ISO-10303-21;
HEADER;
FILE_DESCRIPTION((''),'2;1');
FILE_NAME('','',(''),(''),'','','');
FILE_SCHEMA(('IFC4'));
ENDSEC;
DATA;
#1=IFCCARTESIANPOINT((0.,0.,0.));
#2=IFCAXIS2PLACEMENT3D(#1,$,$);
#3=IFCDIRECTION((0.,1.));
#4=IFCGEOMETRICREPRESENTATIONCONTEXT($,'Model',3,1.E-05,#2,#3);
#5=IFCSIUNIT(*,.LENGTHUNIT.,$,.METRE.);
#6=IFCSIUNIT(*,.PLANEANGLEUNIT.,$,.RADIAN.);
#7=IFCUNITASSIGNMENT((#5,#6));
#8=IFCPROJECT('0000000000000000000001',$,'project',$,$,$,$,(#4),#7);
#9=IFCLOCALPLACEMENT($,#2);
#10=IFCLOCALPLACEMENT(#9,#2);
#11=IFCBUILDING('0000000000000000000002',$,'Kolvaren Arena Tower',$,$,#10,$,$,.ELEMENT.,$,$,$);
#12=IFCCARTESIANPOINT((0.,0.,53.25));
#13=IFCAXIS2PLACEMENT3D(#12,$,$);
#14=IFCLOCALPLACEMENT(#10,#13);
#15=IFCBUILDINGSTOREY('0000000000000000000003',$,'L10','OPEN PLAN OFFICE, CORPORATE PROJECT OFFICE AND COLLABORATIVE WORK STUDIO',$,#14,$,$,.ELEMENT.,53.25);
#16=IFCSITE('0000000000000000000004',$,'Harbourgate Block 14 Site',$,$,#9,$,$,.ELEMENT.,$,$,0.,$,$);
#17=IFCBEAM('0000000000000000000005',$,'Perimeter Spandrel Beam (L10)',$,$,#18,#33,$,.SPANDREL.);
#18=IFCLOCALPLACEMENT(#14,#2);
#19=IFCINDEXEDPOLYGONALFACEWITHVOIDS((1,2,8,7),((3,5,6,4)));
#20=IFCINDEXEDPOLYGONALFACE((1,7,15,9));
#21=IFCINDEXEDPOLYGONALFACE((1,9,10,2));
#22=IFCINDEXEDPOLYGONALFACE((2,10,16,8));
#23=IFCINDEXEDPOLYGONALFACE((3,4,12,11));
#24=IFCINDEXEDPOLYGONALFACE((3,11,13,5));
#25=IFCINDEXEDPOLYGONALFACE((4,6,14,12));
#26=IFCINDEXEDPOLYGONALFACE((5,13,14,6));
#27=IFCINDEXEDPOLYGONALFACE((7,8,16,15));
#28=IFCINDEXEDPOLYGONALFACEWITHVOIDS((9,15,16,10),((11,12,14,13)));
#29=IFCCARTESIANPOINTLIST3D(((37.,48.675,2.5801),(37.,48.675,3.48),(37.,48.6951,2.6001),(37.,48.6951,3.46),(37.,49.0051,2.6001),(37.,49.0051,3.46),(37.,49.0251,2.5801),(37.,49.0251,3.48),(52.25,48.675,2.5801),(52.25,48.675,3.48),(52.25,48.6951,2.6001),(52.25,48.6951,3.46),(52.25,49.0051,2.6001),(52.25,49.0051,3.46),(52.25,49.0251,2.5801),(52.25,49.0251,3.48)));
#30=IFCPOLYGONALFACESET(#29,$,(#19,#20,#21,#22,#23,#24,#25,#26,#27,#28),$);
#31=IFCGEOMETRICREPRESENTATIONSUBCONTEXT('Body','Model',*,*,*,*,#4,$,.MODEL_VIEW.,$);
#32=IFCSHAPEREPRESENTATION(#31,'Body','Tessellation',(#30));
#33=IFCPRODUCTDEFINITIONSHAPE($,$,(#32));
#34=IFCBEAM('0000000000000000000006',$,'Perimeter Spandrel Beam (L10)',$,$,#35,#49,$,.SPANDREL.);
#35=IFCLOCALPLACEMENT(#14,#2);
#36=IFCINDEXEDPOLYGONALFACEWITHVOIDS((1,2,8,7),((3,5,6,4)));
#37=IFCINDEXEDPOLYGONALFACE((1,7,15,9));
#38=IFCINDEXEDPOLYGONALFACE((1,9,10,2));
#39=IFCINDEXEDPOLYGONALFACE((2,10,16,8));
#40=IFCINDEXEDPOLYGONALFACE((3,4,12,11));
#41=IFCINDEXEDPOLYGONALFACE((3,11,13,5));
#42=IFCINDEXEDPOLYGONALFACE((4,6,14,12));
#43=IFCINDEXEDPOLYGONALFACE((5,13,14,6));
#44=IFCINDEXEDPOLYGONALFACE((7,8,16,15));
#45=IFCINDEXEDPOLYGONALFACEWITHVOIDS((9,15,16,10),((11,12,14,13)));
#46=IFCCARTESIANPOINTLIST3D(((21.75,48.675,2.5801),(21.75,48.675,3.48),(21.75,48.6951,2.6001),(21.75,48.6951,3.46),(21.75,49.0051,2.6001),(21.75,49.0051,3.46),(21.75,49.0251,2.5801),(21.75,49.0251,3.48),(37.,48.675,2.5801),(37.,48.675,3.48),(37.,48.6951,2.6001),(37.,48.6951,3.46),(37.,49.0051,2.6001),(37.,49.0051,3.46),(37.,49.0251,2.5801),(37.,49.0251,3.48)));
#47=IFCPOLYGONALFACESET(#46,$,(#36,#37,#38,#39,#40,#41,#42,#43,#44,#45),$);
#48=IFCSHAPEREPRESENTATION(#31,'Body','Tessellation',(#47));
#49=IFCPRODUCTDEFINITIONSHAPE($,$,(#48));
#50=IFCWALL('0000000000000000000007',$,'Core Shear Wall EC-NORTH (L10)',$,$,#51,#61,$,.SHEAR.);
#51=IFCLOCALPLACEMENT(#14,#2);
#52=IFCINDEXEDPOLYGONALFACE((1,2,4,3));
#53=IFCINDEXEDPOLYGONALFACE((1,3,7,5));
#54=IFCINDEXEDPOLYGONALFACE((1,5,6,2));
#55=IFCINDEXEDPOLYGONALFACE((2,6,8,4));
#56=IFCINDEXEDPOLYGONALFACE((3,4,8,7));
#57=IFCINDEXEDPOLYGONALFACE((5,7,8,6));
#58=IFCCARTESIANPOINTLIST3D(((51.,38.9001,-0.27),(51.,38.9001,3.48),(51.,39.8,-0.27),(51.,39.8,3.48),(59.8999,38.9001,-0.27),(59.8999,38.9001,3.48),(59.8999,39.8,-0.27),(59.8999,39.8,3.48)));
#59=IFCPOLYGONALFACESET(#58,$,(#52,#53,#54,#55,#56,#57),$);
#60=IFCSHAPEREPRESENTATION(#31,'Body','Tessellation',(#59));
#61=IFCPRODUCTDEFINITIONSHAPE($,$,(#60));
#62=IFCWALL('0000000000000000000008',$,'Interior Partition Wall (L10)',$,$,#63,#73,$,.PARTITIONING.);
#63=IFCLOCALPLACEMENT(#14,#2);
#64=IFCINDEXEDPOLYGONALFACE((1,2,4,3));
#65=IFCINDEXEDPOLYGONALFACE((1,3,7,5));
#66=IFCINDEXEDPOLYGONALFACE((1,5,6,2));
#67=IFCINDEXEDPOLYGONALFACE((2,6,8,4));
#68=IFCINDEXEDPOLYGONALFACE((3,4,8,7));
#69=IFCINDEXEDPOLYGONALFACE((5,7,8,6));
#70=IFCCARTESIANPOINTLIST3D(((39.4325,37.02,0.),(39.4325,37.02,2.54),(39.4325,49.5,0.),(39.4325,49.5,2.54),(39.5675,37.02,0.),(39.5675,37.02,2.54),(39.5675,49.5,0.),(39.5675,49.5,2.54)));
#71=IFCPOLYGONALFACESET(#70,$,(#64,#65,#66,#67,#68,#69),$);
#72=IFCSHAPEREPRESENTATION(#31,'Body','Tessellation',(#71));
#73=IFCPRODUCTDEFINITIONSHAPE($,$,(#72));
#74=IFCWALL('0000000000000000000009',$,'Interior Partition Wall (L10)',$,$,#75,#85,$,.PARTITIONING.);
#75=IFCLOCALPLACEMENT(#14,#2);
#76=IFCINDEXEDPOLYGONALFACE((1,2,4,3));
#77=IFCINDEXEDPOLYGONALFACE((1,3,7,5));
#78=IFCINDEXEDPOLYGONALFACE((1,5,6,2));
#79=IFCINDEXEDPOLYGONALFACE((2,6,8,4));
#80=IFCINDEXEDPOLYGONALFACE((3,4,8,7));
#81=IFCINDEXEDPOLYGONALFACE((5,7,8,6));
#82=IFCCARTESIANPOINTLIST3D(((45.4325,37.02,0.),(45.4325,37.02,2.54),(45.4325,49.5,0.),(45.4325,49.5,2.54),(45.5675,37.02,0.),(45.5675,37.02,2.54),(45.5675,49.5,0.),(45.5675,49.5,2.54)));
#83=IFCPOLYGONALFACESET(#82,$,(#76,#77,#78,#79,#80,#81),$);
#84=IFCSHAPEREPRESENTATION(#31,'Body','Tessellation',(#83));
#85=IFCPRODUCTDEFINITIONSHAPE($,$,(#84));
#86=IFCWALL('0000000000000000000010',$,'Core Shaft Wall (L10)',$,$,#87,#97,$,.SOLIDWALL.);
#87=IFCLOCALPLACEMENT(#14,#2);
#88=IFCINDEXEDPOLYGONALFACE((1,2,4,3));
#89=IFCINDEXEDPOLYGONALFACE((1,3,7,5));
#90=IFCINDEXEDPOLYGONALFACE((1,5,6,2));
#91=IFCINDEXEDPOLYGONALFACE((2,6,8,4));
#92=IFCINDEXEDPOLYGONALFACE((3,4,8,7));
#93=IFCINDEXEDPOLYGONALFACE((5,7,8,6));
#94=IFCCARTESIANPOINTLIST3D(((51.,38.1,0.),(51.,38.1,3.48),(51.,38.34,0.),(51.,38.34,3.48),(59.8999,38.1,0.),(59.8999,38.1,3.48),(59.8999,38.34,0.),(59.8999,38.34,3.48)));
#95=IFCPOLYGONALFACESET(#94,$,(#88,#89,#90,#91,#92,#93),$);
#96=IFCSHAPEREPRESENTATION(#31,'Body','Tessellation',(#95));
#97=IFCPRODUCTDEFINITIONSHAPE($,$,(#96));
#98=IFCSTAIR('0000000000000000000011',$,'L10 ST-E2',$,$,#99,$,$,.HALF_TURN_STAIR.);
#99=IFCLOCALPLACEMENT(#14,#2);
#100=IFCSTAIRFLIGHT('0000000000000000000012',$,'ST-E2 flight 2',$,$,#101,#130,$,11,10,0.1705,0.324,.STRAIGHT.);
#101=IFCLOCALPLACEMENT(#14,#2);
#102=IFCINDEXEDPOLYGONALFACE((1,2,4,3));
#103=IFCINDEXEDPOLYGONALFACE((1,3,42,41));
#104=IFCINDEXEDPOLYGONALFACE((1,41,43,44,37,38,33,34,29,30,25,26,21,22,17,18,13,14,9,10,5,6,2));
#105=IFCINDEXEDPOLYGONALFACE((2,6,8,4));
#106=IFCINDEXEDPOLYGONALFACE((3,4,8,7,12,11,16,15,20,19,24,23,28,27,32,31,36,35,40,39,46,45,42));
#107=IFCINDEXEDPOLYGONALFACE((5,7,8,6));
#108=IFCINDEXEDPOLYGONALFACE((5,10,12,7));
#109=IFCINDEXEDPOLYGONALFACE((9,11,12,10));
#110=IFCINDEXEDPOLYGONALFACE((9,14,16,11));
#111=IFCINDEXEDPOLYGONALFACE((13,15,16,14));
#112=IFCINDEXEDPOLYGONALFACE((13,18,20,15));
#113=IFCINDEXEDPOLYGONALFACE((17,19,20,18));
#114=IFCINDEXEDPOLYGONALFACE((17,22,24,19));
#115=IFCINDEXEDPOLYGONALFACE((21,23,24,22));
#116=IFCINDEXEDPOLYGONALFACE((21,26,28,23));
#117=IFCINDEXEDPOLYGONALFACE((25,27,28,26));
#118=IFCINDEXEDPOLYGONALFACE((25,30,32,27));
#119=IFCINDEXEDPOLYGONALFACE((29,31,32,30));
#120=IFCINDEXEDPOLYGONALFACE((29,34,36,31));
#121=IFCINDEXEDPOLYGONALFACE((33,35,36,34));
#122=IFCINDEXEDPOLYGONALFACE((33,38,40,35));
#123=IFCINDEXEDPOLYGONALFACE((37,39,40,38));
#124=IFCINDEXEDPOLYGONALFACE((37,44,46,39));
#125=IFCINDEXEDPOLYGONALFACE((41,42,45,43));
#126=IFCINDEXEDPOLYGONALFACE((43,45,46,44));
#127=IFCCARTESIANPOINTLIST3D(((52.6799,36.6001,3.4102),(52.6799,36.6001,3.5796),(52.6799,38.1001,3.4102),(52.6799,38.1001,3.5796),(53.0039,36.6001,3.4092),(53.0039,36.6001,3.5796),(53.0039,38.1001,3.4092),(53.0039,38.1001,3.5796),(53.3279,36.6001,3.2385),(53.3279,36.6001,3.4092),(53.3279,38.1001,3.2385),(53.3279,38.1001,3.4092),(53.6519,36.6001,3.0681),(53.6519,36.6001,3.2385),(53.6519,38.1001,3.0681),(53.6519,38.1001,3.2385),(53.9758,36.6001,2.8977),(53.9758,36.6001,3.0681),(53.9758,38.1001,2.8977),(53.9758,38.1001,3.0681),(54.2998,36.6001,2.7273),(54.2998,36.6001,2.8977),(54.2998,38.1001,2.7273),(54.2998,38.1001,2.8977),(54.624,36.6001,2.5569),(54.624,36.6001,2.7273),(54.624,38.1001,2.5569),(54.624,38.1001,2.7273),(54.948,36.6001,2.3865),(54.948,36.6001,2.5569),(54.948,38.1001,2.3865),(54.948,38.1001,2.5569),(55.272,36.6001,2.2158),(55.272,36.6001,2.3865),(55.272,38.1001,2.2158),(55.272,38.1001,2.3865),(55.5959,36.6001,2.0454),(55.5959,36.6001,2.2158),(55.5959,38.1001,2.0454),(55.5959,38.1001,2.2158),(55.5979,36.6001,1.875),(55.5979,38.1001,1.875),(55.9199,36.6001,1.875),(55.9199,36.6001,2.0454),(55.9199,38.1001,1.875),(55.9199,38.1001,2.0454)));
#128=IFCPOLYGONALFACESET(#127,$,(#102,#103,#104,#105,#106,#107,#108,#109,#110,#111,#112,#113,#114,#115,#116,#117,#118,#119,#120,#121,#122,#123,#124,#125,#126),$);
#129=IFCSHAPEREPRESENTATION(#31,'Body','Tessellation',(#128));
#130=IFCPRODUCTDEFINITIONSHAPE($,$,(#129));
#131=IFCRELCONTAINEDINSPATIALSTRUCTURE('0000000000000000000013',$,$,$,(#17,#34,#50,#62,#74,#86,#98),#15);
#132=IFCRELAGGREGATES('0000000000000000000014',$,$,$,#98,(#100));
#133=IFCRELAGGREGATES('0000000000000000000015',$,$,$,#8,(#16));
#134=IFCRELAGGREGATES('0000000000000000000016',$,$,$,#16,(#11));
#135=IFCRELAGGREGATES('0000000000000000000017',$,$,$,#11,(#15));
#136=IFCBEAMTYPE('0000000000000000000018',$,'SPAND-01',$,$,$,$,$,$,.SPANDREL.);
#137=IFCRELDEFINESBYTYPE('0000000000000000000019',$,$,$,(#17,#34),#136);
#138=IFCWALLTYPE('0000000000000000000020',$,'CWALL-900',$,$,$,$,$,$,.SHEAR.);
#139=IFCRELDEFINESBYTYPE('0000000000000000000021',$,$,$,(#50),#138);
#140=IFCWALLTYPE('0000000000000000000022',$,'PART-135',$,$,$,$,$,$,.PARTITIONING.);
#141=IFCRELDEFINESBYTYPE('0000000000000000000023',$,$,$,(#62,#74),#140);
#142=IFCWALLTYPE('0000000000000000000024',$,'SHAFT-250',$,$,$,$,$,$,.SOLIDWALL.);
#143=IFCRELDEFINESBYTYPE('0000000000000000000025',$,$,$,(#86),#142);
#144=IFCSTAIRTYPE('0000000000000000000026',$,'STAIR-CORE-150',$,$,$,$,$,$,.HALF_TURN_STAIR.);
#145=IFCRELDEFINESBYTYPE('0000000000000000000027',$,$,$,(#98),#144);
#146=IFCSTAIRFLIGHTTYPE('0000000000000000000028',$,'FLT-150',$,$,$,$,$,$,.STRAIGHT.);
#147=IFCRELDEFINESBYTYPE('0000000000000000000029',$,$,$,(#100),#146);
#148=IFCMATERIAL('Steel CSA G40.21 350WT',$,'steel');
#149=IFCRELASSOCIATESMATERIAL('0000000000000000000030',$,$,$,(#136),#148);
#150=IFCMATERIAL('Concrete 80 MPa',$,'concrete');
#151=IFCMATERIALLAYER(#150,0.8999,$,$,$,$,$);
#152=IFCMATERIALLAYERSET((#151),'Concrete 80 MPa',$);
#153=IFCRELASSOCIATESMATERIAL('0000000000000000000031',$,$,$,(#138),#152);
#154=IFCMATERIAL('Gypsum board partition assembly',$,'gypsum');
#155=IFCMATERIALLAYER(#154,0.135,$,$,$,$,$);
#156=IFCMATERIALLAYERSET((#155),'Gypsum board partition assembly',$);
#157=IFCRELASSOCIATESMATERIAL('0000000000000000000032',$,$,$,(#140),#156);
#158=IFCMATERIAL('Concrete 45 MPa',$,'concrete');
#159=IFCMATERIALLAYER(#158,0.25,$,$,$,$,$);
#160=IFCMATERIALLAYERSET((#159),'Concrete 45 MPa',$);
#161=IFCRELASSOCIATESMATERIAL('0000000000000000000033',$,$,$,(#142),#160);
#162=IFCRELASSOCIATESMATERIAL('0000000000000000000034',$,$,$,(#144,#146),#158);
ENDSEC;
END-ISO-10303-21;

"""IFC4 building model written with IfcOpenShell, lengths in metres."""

from ifc_helpers import new_model, si_unit, direction, frame, frame_2d, origin, origin_2d, place, context, subcontext, project, spatial, polyline, rectangle, hollow_rectangle, outline, extrude, material, layer, layer_set, material_profile, profile_set, type_object, element, aggregate, save


model = new_model("IFC4")

# Units and contexts
model_context = context("Model", 3, precision=1e-05, world=origin(), true_north=direction((0.0, 1.0)))
body_context = subcontext(model_context, "Body", "Model", "MODEL_VIEW")
ifc_project = project(units=[si_unit("LENGTHUNIT", "METRE"), si_unit("PLANEANGLEUNIT", "RADIAN")], contexts=[model_context])

# Site, building, storey
site_placement = place(None, origin())
site = spatial("IfcSite", under=ifc_project, at=site_placement, Name="Harbourgate Block 14 Site", CompositionType="ELEMENT", RefElevation=0.0)
building_placement = place(site_placement, origin())
building = spatial("IfcBuilding", under=site, at=building_placement, Name="Kolvaren Arena Tower", CompositionType="ELEMENT")
storey_placement = place(building_placement, frame((0.0, 0.0, 53.25)))
storey = spatial("IfcBuildingStorey", under=building, at=storey_placement, Name="L10", Description="OPEN PLAN OFFICE, CORPORATE PROJECT OFFICE AND COLLABORATIVE WORK STUDIO", CompositionType="ELEMENT", Elevation=53.25)

# Beams
ifc_material_1 = material(Name="Steel CSA G40.21 350WT", Category="steel")
ifc_material_profile_1 = material_profile(ifc_material_1, hollow_rectangle(XDim=0.3501, YDim=0.8999, WallThickness=0.02, at=origin_2d()), Name="HSS 900x350x20")
ifc_profile_set_1 = profile_set([ifc_material_profile_1], Name="Steel CSA G40.21 350WT")
beam_type_1 = type_object("IfcBeamType", Name="SPAND-01", PredefinedType="SPANDREL", material=ifc_profile_set_1)
for number, where, z_axis, x_axis, name in (
    (1, (52.25, 48.8501, 3.03), (-1.0, 0.0, 0.0), (0.0, -1.0, 0.0), "Perimeter Spandrel Beam (L10)"),
    (2, (37.0, 48.8501, 3.03), (-1.0, 0.0, 0.0), (0.0, -1.0, 0.0), "Perimeter Spandrel Beam (L10)"),
):
    element("IfcBeam", number, at=place(storey_placement, frame(where, z_axis=z_axis, x_axis=x_axis)), inside=storey, type_object=beam_type_1, Name=name, PredefinedType="SPANDREL", context=body_context, shape_type="SweptSolid", body=[
        extrude(hollow_rectangle(XDim=0.3501, YDim=0.8999, WallThickness=0.02, at=origin_2d()), origin(), (0.0, 0.0, 1.0), 15.25),
    ])

# Walls
ifc_material_2 = material(Name="Concrete 80 MPa", Category="concrete")
ifc_layer_1 = layer(ifc_material_2, 0.8999)
ifc_layer_set_1 = layer_set([ifc_layer_1], Name="Concrete 80 MPa")
wall_type_1 = type_object("IfcWallType", Name="CWALL-900", PredefinedType="SHEAR", material=ifc_layer_set_1)
wall_1_placement = place(storey_placement, frame((51.0, 39.3501, -0.27), z_axis=(0.0, 0.0, 1.0), x_axis=(1.0, 0.0, 0.0)))
element("IfcWall", 3, at=wall_1_placement, inside=storey, type_object=wall_type_1, Name="Core Shear Wall EC-NORTH (L10)", PredefinedType="SHEAR", context=body_context, shape_type="SweptSolid", body=[
    extrude(rectangle(XDim=8.8999, YDim=0.8999, at=frame_2d((4.45, 0.0))), origin(), (0.0, 0.0, 1.0), 3.75),
])
ifc_material_3 = material(Name="Gypsum board partition assembly", Category="gypsum")
ifc_layer_2 = layer(ifc_material_3, 0.135)
ifc_layer_set_2 = layer_set([ifc_layer_2], Name="Gypsum board partition assembly")
wall_type_2 = type_object("IfcWallType", Name="PART-135", PredefinedType="PARTITIONING", material=ifc_layer_set_2)
for number, where, z_axis, x_axis, name in (
    (4, (39.5, 37.02, 0.0), (0.0, 0.0, 1.0), (0.0, 1.0, 0.0), "Interior Partition Wall (L10)"),
    (5, (45.5, 37.02, 0.0), (0.0, 0.0, 1.0), (0.0, 1.0, 0.0), "Interior Partition Wall (L10)"),
):
    element("IfcWall", number, at=place(storey_placement, frame(where, z_axis=z_axis, x_axis=x_axis)), inside=storey, type_object=wall_type_2, Name=name, PredefinedType="PARTITIONING", context=body_context, shape_type="SweptSolid", body=[
        extrude(rectangle(XDim=12.48, YDim=0.135, at=frame_2d((6.24, 0.0))), origin(), (0.0, 0.0, 1.0), 2.54),
    ])
ifc_material_4 = material(Name="Concrete 45 MPa", Category="concrete")
ifc_layer_3 = layer(ifc_material_4, 0.25)
ifc_layer_set_3 = layer_set([ifc_layer_3], Name="Concrete 45 MPa")
wall_type_3 = type_object("IfcWallType", Name="SHAFT-250", PredefinedType="SOLIDWALL", material=ifc_layer_set_3)
wall_2_placement = place(storey_placement, frame((51.0, 38.22, 0.0), z_axis=(0.0, 0.0, 1.0), x_axis=(1.0, 0.0, 0.0)))
element("IfcWall", 6, at=wall_2_placement, inside=storey, type_object=wall_type_3, Name="Core Shaft Wall (L10)", PredefinedType="SOLIDWALL", context=body_context, shape_type="SweptSolid", body=[
    extrude(rectangle(XDim=8.8999, YDim=0.24, at=frame_2d((4.45, 0.0))), origin(), (0.0, 0.0, 1.0), 3.48),
])

# Stair, stair flight
stair_type = type_object("IfcStairType", Name="STAIR-CORE-150", PredefinedType="HALF_TURN_STAIR", material=ifc_material_4)
stair_placement = place(storey_placement, origin())
stair = element("IfcStair", 7, at=stair_placement, inside=storey, type_object=stair_type, Name="L10 ST-E2", PredefinedType="HALF_TURN_STAIR")
stair_flight_type = type_object("IfcStairFlightType", Name="FLT-150", PredefinedType="STRAIGHT", material=ifc_material_4)
stair_flight_placement = place(storey_placement, frame((55.9199, 37.3501, 1.875), z_axis=(0.0, 0.0, 1.0), x_axis=(-1.0, 0.0, 0.0)))
stair_flight = element("IfcStairFlight", 8, at=stair_flight_placement, type_object=stair_flight_type, Name="ST-E2 flight 2", NumberOfRisers=11, NumberOfTreads=10, PredefinedType="STRAIGHT", RiserHeight=0.1705, TreadLength=0.324, context=body_context, shape_type="SweptSolid", body=[
    extrude(outline(polyline([(0.0, 0.0), (0.0, 0.1704), (0.324, 0.1704), (0.324, 0.3408), (0.6479, 0.3408), (0.6479, 0.5115), (0.9719, 0.5115), (0.9719, 0.6819), (1.2959, 0.6819), (1.2959, 0.8523), (1.6201, 0.8523), (1.6201, 1.0227), (1.9441, 1.0227), (1.9441, 1.1931), (2.2681, 1.1931), (2.2681, 1.3635), (2.592, 1.3635), (2.592, 1.5342), (2.916, 1.5342), (2.916, 1.7046), (3.24, 1.7046), (3.24, 1.875), (3.24, 1.5352), (0.322, 0.0), (0.0, 0.0)])), frame((0.0, 0.75, 0.0), z_axis=(0.0, -1.0, 0.0), x_axis=(1.0, 0.0, 0.0)), (0.0, 0.0, 1.0), 1.5),
])
aggregate(stair, [stair_flight])

save(model, "model.ifc")
